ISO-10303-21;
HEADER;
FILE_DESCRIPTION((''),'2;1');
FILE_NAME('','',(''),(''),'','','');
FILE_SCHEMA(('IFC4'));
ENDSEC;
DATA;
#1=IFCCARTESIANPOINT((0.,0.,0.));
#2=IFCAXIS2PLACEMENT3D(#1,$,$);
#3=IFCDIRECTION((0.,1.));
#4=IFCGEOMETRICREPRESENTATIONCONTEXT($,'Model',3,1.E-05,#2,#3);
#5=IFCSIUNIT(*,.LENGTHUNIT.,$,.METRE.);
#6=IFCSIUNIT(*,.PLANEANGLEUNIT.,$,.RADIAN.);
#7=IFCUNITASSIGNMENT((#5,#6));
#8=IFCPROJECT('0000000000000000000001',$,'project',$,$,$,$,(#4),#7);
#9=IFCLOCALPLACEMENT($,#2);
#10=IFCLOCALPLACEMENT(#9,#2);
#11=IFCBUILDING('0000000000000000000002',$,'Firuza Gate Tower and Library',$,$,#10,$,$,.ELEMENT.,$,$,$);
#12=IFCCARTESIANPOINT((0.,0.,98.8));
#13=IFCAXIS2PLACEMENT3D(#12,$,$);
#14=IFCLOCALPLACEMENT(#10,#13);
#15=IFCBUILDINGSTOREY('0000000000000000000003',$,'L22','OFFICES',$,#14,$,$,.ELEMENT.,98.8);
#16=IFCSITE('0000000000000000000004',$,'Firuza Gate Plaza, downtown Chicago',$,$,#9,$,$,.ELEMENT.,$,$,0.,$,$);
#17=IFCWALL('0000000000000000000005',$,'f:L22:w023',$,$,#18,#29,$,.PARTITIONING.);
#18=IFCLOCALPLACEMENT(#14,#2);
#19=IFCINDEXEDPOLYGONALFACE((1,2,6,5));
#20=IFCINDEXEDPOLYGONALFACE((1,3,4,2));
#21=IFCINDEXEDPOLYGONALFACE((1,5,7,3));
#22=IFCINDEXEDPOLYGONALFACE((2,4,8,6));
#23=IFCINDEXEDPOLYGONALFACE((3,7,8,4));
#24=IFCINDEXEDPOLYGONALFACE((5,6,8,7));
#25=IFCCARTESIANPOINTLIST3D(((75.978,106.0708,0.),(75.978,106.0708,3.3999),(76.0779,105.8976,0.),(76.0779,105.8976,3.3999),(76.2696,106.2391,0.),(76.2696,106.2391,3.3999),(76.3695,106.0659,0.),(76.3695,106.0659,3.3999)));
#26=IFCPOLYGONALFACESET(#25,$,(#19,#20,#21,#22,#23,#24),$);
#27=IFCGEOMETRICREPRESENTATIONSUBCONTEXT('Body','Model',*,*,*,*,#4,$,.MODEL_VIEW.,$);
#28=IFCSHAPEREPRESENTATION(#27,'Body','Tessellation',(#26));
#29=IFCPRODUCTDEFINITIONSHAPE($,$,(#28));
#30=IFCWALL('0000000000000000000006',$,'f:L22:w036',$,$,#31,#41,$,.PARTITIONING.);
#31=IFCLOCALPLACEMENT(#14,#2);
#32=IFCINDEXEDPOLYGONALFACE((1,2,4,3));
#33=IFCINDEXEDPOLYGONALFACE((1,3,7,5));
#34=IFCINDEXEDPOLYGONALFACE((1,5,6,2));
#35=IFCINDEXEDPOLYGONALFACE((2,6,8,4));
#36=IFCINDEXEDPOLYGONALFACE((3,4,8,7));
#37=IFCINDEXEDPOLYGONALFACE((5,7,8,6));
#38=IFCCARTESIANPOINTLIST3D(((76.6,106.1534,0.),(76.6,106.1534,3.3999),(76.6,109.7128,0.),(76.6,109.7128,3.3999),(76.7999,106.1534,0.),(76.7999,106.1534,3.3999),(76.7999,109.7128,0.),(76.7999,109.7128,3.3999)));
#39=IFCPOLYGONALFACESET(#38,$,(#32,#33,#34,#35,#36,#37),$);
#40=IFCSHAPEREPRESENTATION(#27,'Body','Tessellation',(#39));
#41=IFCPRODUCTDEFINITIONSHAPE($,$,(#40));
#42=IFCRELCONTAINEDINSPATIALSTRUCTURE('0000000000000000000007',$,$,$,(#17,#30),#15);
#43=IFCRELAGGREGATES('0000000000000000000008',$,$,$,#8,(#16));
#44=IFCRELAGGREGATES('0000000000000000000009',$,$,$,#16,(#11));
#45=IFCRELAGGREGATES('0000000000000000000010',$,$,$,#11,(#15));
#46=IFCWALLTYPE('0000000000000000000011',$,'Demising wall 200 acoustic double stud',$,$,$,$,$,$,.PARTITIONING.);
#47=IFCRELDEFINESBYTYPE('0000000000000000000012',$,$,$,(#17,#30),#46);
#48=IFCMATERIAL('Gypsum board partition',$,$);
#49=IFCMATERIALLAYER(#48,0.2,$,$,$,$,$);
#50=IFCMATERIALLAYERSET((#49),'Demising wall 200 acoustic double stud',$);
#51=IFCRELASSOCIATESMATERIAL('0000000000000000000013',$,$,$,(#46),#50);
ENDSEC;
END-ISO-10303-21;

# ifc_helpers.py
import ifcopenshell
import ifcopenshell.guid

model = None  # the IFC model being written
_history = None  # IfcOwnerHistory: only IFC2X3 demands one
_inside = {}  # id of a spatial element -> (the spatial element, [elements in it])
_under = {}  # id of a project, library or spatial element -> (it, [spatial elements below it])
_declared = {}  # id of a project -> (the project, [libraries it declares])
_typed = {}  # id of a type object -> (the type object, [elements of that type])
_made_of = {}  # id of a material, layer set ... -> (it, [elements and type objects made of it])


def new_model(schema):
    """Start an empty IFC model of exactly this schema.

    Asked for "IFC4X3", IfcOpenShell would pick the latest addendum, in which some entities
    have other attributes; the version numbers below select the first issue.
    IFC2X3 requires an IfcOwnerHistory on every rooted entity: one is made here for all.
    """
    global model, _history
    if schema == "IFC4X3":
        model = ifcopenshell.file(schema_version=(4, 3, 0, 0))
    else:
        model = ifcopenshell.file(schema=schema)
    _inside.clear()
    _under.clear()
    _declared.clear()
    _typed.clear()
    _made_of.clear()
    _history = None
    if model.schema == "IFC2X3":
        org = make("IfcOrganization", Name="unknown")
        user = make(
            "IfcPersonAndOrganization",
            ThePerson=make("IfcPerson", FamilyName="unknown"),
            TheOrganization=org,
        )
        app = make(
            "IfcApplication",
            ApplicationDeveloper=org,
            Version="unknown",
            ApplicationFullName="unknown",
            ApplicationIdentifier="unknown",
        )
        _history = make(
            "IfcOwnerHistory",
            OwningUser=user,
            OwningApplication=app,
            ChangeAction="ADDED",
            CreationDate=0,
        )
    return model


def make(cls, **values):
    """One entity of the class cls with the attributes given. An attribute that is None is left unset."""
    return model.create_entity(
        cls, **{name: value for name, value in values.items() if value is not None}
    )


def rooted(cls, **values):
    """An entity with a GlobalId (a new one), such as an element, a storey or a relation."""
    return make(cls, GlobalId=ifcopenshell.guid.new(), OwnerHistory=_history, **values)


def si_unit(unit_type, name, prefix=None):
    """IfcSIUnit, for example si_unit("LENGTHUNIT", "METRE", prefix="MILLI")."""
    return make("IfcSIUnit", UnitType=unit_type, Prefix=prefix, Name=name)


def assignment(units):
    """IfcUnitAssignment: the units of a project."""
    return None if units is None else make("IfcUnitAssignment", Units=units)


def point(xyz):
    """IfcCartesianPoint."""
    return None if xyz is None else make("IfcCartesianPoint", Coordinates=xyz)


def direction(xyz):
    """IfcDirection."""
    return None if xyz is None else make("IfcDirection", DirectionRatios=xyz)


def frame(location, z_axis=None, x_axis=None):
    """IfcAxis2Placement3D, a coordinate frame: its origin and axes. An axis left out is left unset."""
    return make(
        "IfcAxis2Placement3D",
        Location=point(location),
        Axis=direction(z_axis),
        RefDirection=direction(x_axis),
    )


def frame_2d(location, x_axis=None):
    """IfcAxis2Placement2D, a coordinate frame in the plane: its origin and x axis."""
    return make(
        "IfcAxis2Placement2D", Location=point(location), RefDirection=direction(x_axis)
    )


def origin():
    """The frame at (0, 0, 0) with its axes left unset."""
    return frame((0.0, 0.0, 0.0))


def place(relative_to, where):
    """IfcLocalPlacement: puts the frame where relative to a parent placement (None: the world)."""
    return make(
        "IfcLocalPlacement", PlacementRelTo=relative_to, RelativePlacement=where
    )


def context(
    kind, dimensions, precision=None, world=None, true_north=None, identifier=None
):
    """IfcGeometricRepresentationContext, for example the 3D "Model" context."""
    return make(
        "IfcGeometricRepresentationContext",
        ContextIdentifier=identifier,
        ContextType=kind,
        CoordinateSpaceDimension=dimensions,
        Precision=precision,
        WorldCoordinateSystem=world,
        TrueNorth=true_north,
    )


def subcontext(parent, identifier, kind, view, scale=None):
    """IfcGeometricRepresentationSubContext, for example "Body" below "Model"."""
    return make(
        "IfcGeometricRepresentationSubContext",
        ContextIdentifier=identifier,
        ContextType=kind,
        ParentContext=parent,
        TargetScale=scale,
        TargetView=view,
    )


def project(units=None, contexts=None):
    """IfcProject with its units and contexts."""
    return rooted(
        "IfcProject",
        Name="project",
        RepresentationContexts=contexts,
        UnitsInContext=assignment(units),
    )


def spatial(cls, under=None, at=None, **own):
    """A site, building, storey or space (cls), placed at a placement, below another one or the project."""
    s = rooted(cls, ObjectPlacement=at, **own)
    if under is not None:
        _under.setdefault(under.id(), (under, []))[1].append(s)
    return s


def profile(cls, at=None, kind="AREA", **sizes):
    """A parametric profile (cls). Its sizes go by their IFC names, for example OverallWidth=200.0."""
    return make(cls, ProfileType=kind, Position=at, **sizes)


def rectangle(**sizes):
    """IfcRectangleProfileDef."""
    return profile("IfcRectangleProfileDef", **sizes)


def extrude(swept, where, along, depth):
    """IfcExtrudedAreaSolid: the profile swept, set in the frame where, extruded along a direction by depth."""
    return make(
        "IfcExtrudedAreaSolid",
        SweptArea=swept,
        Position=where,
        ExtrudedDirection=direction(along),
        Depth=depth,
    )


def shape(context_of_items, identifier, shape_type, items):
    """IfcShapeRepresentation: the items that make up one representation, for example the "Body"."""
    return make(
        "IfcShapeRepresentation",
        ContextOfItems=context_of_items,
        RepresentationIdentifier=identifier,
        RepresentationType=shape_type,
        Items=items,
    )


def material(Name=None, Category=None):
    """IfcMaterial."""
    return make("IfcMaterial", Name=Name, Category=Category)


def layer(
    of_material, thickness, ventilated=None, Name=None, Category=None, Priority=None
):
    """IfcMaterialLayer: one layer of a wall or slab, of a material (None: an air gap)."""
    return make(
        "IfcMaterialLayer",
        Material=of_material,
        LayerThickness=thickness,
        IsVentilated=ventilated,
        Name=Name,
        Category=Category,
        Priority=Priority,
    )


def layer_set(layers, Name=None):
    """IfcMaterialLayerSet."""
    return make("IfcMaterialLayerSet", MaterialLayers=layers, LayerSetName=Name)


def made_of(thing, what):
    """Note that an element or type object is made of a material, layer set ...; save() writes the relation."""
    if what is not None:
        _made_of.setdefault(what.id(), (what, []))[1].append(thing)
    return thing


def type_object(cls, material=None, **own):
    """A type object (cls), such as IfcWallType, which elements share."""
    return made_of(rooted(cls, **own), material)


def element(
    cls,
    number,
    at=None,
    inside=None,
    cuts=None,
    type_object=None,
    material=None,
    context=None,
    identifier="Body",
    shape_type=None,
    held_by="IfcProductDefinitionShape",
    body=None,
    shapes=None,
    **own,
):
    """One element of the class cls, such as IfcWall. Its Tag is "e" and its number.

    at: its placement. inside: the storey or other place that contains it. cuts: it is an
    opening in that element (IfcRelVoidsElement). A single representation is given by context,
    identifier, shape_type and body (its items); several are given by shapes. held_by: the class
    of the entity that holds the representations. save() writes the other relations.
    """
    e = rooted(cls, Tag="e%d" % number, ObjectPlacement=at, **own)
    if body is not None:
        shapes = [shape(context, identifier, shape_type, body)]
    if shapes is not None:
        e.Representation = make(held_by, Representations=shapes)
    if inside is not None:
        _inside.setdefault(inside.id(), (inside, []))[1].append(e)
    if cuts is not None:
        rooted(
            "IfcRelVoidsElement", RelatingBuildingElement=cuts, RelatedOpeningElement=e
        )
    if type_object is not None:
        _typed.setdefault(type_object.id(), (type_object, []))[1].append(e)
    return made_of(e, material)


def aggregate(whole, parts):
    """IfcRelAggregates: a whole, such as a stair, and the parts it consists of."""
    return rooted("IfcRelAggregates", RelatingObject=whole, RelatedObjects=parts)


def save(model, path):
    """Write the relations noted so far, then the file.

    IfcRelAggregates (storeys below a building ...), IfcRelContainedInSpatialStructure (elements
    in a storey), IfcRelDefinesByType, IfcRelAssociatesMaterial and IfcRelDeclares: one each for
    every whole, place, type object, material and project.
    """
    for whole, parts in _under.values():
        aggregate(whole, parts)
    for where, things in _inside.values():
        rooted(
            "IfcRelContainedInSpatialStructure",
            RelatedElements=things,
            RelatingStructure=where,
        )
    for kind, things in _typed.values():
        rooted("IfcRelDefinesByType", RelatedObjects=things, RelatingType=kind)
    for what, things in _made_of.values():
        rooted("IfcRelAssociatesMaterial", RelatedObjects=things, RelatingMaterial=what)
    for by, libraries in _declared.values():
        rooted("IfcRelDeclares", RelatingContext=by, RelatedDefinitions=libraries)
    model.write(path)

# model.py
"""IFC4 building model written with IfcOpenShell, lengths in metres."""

from ifc_helpers import new_model, si_unit, direction, frame, frame_2d, origin, place, context, subcontext, project, spatial, rectangle, extrude, material, layer, layer_set, type_object, element, save


model = new_model("IFC4")

# Units and contexts
model_context = context("Model", 3, precision=1e-05, world=origin(), true_north=direction((0.0, 1.0)))
body_context = subcontext(model_context, "Body", "Model", "MODEL_VIEW")
ifc_project = project(units=[si_unit("LENGTHUNIT", "METRE"), si_unit("PLANEANGLEUNIT", "RADIAN")], contexts=[model_context])

# Site, building, storey
site_placement = place(None, origin())
site = spatial("IfcSite", under=ifc_project, at=site_placement, Name="Firuza Gate Plaza, downtown Chicago", CompositionType="ELEMENT", RefElevation=0.0)
building_placement = place(site_placement, origin())
building = spatial("IfcBuilding", under=site, at=building_placement, Name="Firuza Gate Tower and Library", CompositionType="ELEMENT")
storey_placement = place(building_placement, frame((0.0, 0.0, 98.8)))
storey = spatial("IfcBuildingStorey", under=building, at=storey_placement, Name="L22", Description="OFFICES", CompositionType="ELEMENT", Elevation=98.8)

# Walls
ifc_material_1 = material(Name="Gypsum board partition")
ifc_layer_1 = layer(ifc_material_1, 0.2)
ifc_layer_set_1 = layer_set([ifc_layer_1], Name="Demising wall 200 acoustic double stud")
wall_type_1 = type_object("IfcWallType", Name="Demising wall 200 acoustic double stud", PredefinedType="PARTITIONING", material=ifc_layer_set_1)
wall_1_placement = place(storey_placement, frame((76.0278, 105.9841, 0.0), z_axis=(0.0, 0.0, 1.0), x_axis=(0.866137, 0.499806, 0.0)))
element("IfcWall", 1, at=wall_1_placement, inside=storey, type_object=wall_type_1, Name="f:L22:w023", PredefinedType="PARTITIONING", context=body_context, shape_type="SweptSolid", body=[
    extrude(rectangle(XDim=0.3367, YDim=0.2, at=frame_2d((0.1685, 0.0))), origin(), (0.0, 0.0, 1.0), 3.3999),
])
wall_2_placement = place(storey_placement, frame((76.7, 106.1533, 0.0), z_axis=(0.0, 0.0, 1.0), x_axis=(0.0, 1.0, 0.0)))
element("IfcWall", 2, at=wall_2_placement, inside=storey, type_object=wall_type_1, Name="f:L22:w036", PredefinedType="PARTITIONING", context=body_context, shape_type="SweptSolid", body=[
    extrude(rectangle(XDim=3.5593, YDim=0.2, at=frame_2d((1.7798, 0.0))), origin(), (0.0, 0.0, 1.0), 3.3999),
])

save(model, "model.ifc")
